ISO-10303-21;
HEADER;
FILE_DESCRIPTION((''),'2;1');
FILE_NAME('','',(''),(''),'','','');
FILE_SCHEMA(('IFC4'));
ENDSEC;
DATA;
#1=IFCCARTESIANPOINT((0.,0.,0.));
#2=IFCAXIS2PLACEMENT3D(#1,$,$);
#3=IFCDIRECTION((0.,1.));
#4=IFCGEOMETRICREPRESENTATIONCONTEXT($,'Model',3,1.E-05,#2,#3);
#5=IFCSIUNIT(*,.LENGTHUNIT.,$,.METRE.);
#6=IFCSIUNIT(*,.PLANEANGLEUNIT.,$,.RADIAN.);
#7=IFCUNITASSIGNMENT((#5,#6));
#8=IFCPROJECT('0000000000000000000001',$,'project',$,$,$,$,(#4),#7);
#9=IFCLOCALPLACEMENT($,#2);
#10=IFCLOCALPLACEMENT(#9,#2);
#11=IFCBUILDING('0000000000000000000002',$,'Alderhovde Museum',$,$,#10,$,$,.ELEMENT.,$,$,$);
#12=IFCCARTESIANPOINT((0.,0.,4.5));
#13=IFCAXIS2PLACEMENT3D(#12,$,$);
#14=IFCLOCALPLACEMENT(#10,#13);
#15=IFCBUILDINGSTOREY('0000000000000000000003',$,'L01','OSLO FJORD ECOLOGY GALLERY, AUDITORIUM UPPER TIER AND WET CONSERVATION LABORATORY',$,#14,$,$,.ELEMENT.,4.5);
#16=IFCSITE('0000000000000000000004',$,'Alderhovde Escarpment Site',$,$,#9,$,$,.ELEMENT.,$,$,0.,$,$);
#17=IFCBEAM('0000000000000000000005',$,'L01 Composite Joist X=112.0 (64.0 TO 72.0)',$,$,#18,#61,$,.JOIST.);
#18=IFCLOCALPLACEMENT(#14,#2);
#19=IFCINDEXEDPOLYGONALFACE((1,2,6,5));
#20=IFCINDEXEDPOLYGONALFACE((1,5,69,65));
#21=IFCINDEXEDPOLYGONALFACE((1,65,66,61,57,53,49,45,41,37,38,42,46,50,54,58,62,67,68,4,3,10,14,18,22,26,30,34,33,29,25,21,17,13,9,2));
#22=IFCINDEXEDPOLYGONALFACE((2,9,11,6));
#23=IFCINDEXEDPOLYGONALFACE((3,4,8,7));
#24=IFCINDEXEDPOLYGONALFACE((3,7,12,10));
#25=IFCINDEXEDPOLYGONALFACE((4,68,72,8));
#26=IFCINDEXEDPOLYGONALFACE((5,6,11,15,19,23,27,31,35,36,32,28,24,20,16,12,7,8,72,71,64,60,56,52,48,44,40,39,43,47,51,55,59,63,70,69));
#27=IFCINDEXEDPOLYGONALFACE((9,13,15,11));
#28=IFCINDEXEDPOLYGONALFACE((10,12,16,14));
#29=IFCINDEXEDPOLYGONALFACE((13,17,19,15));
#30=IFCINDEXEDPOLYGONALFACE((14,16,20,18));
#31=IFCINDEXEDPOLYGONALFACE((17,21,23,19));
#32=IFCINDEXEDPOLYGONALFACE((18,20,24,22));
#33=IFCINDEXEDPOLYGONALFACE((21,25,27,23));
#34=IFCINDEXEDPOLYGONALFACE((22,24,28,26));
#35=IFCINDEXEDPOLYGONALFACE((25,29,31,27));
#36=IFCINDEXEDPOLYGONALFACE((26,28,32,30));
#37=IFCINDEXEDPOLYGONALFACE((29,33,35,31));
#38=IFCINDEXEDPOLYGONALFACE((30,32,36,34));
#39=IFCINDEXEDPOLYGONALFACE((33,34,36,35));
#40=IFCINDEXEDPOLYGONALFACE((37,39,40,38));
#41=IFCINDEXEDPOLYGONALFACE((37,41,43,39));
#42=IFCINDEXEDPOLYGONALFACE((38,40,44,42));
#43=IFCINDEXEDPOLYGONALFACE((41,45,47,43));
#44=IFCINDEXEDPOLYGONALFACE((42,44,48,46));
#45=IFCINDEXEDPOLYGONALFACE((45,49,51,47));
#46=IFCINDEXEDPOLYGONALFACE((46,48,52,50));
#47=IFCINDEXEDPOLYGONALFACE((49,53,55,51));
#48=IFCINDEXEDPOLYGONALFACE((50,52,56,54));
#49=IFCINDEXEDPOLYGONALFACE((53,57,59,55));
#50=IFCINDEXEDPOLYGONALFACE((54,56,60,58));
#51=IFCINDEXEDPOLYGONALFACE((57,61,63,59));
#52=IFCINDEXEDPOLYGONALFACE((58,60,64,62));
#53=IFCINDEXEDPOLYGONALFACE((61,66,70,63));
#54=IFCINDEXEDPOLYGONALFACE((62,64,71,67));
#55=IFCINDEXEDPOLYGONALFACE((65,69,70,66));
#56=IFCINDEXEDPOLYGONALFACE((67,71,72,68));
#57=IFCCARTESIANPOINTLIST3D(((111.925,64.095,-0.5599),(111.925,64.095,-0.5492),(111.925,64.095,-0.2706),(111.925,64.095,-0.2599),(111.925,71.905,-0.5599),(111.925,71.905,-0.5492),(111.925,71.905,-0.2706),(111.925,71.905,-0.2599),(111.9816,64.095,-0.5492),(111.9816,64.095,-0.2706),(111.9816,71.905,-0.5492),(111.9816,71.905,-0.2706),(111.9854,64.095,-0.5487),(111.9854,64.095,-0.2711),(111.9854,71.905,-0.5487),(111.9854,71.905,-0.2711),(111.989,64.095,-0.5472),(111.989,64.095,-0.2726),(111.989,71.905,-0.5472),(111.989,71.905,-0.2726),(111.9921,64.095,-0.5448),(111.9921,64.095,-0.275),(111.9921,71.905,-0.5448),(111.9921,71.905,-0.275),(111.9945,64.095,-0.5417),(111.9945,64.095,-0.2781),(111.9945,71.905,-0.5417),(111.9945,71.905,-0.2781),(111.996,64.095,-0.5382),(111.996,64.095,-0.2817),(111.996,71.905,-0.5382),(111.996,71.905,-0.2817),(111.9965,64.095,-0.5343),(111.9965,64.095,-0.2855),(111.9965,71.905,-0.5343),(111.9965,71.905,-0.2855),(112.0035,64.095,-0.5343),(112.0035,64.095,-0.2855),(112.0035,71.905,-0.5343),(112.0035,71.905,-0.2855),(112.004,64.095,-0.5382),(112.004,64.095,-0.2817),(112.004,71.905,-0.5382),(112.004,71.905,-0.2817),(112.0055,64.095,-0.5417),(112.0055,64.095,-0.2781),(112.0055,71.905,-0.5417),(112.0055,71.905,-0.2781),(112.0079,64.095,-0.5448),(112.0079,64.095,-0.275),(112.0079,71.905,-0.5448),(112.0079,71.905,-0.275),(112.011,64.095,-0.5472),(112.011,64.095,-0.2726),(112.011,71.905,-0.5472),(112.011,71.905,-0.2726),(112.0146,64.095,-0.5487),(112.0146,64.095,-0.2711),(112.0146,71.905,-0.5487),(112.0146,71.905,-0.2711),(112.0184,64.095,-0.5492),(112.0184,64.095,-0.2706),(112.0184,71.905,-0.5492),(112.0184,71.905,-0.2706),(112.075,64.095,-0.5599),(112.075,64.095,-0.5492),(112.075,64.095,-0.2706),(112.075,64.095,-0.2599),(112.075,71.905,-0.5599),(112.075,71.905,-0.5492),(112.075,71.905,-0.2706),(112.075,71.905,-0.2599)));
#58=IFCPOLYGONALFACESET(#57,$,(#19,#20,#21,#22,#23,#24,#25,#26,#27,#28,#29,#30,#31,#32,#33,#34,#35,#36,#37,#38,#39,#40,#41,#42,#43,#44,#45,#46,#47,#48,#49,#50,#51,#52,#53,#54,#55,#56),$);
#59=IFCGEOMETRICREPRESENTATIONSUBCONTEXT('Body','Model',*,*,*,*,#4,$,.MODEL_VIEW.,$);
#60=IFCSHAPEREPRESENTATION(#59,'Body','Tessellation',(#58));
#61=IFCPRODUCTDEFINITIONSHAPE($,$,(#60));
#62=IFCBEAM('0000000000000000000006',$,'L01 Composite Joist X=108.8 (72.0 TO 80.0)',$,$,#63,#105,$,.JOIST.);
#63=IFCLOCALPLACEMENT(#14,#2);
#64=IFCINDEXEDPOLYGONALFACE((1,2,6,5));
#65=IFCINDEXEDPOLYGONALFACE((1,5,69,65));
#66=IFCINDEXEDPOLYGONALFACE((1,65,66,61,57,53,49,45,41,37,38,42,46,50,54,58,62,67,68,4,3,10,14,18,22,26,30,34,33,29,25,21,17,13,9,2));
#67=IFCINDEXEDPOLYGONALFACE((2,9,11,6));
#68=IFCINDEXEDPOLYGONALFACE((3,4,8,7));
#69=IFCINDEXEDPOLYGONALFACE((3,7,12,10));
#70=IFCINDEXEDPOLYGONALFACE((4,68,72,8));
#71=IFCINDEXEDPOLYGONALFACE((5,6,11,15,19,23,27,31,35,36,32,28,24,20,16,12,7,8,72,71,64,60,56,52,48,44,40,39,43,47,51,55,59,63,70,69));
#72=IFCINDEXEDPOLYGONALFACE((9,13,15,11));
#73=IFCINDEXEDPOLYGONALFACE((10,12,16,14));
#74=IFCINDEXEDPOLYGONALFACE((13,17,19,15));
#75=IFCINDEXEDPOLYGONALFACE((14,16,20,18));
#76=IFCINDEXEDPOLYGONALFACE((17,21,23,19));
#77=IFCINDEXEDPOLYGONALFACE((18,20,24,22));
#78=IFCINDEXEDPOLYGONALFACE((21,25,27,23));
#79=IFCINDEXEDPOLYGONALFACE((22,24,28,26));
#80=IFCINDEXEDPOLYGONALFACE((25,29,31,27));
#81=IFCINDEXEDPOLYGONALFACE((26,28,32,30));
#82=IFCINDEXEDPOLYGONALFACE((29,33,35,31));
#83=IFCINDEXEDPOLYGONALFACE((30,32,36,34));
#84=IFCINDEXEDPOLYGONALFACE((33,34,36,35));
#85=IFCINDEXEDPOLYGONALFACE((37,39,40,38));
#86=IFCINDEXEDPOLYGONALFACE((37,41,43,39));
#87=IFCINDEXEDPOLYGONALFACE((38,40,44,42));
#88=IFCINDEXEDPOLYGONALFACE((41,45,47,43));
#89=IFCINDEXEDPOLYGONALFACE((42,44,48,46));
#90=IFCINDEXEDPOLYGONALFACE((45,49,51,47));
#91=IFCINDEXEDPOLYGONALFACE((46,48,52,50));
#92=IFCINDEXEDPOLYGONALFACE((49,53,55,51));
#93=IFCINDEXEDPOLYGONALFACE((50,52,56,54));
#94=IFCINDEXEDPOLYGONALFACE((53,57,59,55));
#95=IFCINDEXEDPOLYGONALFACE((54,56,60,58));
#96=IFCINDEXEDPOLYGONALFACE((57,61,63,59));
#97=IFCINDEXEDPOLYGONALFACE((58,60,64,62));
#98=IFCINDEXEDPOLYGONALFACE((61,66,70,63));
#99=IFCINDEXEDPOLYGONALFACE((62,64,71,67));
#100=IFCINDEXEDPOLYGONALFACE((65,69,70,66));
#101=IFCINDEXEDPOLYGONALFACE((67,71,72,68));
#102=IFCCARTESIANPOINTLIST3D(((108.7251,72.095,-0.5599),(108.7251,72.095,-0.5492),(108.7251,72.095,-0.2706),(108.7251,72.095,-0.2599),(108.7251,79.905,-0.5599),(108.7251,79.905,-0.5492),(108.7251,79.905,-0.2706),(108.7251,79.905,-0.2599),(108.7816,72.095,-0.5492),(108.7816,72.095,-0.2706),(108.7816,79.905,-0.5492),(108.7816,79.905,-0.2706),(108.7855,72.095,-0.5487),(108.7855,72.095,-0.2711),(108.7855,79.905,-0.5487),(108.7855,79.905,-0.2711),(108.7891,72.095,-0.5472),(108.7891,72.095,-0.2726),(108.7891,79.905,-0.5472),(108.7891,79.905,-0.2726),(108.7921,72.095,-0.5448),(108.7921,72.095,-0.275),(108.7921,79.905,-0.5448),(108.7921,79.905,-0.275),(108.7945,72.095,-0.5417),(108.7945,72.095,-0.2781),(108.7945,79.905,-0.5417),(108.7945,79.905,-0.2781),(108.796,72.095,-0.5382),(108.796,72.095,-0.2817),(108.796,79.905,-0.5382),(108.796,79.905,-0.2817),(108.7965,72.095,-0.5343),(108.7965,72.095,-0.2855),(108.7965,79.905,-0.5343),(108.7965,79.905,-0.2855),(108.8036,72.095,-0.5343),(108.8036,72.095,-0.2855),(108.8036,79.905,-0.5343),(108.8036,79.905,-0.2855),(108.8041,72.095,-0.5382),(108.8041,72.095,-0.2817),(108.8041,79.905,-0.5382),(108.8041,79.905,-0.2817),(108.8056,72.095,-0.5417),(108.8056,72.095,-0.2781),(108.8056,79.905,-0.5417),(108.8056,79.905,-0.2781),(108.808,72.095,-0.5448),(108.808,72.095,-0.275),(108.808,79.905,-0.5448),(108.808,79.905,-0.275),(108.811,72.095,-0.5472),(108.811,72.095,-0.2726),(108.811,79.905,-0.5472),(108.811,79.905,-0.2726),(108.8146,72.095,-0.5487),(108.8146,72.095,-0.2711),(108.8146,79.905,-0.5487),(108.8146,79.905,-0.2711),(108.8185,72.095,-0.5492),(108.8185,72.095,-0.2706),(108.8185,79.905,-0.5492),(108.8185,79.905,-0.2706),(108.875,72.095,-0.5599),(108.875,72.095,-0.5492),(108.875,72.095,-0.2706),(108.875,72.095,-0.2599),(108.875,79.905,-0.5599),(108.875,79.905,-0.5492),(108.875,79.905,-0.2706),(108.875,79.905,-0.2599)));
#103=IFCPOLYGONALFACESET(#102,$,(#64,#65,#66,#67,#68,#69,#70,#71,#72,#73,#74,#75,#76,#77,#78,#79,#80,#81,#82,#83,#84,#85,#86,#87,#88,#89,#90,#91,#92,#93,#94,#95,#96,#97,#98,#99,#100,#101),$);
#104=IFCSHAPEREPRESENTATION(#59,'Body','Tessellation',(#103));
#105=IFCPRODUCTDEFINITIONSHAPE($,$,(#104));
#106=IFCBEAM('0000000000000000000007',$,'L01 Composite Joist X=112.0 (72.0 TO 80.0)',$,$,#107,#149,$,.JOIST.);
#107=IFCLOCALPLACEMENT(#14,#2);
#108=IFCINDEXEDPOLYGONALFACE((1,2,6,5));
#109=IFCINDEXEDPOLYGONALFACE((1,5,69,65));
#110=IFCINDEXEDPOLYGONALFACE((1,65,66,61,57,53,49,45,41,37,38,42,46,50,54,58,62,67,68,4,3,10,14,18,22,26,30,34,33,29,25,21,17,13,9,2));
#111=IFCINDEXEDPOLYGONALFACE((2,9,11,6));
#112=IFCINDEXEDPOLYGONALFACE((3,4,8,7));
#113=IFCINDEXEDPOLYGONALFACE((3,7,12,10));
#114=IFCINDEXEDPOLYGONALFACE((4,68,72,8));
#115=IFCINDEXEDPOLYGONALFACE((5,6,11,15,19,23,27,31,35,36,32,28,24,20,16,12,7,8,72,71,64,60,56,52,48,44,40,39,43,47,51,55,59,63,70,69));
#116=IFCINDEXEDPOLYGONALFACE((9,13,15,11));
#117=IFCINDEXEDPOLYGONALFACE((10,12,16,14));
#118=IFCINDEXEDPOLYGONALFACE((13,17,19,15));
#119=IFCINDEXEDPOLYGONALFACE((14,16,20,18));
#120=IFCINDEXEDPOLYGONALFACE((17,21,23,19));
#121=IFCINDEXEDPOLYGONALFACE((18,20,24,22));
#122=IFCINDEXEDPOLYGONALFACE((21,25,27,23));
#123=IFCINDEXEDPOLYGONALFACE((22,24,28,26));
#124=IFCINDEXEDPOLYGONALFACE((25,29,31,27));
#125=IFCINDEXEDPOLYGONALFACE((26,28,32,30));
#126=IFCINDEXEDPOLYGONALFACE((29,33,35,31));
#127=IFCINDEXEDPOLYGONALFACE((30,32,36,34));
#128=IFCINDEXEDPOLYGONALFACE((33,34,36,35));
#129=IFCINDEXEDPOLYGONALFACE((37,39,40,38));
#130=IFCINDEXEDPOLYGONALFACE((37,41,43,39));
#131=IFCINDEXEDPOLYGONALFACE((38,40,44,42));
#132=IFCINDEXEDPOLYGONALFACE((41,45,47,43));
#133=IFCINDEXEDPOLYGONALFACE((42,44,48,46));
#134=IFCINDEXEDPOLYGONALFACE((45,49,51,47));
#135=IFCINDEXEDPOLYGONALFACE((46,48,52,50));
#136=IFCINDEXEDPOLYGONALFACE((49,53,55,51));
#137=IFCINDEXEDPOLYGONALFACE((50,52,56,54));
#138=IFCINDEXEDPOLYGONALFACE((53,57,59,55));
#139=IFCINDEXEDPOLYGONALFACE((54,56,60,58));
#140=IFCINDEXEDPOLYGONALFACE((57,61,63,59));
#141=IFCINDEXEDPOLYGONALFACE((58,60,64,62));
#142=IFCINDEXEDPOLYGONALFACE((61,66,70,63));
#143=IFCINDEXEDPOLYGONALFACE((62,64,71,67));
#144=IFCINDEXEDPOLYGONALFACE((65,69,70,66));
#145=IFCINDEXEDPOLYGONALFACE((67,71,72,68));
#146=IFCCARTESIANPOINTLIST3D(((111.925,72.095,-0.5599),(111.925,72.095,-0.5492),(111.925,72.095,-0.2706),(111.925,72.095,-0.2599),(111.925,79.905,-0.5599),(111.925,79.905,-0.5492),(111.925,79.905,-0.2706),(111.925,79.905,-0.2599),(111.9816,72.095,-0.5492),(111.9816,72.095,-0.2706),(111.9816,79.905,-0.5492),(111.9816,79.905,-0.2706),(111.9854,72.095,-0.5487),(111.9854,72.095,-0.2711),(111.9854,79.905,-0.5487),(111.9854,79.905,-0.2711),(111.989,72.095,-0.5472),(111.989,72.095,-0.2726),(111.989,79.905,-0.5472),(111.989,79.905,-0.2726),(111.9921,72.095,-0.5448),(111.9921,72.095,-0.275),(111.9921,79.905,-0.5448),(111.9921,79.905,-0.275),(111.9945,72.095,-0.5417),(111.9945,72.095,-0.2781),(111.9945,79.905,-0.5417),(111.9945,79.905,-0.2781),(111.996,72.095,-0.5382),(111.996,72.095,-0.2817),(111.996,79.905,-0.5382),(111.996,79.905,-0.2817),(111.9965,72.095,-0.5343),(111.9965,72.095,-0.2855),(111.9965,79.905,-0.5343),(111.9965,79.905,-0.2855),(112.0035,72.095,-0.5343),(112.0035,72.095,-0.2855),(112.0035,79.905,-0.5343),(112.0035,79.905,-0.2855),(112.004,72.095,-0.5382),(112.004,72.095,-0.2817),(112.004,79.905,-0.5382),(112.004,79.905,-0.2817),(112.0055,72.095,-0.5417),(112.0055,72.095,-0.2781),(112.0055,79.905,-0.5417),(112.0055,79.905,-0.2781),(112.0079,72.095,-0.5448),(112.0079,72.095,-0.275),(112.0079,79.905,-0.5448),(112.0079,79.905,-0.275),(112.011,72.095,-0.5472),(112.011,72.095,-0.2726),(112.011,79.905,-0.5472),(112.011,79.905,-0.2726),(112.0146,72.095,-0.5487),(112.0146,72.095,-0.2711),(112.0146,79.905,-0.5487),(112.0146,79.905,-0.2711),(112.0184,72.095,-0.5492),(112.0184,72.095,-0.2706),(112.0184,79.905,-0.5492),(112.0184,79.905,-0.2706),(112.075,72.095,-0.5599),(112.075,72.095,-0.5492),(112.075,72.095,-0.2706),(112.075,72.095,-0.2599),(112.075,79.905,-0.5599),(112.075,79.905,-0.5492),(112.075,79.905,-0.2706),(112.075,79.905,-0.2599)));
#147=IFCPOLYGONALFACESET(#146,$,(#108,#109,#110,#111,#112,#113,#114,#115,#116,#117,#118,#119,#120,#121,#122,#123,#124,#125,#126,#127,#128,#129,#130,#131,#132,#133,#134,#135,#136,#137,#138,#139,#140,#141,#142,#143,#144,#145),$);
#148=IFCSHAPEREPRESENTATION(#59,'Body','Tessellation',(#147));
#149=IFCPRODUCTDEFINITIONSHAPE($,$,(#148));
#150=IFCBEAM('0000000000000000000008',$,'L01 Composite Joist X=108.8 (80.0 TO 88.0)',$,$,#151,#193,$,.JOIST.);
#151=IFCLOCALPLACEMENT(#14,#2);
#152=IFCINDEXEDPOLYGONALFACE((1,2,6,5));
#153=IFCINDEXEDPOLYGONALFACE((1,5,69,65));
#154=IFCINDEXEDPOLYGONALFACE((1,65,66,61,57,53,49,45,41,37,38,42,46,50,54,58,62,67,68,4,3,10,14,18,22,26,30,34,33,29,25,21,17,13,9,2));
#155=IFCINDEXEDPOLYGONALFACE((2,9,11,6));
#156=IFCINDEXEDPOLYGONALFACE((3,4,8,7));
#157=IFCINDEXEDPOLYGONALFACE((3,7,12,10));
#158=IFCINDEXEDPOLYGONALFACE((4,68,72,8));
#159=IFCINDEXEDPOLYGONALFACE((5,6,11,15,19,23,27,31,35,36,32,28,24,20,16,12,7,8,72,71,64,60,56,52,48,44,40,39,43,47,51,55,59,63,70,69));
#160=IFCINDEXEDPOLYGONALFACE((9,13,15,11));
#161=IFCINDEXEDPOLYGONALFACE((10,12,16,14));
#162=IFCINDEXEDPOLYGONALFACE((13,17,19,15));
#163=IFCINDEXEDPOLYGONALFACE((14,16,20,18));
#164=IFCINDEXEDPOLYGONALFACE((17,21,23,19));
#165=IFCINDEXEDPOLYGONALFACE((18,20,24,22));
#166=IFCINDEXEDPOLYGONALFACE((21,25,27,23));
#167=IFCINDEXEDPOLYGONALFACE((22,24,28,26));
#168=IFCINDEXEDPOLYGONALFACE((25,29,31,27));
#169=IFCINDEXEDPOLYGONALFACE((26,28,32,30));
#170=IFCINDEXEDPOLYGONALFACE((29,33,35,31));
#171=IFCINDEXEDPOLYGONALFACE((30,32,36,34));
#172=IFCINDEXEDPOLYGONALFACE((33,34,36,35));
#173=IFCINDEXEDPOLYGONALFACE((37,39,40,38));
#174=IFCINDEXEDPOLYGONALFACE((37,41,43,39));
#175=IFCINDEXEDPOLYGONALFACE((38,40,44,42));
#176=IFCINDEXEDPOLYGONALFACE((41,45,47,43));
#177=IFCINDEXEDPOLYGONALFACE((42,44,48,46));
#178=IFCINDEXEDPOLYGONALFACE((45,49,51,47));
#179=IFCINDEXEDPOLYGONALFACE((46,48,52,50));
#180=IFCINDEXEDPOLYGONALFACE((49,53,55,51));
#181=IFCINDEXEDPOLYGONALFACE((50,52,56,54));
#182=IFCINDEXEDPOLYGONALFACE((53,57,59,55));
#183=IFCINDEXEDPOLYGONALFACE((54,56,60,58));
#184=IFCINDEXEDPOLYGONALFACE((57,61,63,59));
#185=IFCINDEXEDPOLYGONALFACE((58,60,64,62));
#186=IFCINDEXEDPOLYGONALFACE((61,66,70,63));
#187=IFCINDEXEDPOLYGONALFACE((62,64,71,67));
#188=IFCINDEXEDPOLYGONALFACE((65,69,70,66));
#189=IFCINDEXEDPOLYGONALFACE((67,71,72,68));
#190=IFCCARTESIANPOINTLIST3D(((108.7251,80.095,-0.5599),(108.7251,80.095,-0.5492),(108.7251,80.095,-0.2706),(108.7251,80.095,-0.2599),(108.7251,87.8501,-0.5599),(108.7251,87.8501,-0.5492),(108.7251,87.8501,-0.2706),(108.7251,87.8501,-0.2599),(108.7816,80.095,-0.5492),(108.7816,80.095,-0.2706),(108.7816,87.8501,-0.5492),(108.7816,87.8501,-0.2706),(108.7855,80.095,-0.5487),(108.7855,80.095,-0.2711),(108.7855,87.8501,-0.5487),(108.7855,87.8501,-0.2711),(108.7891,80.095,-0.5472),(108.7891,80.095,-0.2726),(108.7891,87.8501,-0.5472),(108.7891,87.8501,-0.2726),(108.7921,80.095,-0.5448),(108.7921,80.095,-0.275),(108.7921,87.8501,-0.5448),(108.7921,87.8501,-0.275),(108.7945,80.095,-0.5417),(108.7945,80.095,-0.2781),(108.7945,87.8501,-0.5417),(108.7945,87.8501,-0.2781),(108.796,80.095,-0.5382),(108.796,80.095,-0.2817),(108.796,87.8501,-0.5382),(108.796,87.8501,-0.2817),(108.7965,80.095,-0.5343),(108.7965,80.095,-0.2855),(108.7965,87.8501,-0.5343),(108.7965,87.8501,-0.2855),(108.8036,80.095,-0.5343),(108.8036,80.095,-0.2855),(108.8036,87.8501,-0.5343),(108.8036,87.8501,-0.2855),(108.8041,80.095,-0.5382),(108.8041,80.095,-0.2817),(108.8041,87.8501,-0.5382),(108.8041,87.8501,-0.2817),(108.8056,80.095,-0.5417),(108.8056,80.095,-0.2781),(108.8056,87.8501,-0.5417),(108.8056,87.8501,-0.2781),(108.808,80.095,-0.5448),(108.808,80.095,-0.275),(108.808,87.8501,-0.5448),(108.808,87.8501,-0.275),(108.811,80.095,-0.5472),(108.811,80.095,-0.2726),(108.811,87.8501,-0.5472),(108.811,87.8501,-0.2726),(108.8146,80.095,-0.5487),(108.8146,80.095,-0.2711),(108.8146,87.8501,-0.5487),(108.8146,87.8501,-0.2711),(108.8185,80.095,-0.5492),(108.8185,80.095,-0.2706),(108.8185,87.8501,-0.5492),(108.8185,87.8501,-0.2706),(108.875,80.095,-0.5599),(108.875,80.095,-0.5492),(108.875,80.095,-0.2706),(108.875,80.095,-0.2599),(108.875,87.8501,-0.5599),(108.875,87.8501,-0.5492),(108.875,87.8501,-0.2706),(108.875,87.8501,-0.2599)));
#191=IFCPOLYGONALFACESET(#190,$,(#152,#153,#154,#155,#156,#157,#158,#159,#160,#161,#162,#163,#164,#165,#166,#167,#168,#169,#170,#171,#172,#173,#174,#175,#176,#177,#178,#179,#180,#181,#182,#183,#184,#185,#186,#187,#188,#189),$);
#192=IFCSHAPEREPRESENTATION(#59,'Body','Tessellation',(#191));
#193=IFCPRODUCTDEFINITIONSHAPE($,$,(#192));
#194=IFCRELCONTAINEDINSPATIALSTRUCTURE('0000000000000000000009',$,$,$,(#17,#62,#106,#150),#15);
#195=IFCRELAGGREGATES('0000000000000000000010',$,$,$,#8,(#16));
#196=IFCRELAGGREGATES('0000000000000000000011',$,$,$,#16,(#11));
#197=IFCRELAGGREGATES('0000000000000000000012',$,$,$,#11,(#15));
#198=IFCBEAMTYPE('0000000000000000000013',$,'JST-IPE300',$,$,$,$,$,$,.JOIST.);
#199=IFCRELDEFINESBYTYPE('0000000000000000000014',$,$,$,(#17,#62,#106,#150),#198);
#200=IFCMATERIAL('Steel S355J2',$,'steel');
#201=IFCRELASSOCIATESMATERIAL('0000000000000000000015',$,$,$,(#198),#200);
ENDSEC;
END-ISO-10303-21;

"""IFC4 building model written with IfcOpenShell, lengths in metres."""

from ifc_helpers import new_model, si_unit, direction, frame, origin, origin_2d, place, context, subcontext, project, spatial, i_section, extrude, material, material_profile, profile_set, type_object, element, save


model = new_model("IFC4")

# Units and contexts
model_context = context("Model", 3, precision=1e-05, world=origin(), true_north=direction((0.0, 1.0)))
body_context = subcontext(model_context, "Body", "Model", "MODEL_VIEW")
ifc_project = project(units=[si_unit("LENGTHUNIT", "METRE"), si_unit("PLANEANGLEUNIT", "RADIAN")], contexts=[model_context])

# Site, building, storey
site_placement = place(None, origin())
site = spatial("IfcSite", under=ifc_project, at=site_placement, Name="Alderhovde Escarpment Site", CompositionType="ELEMENT", RefElevation=0.0)
building_placement = place(site_placement, origin())
building = spatial("IfcBuilding", under=site, at=building_placement, Name="Alderhovde Museum", CompositionType="ELEMENT")
storey_placement = place(building_placement, frame((0.0, 0.0, 4.5)))
storey = spatial("IfcBuildingStorey", under=building, at=storey_placement, Name="L01", Description="OSLO FJORD ECOLOGY GALLERY, AUDITORIUM UPPER TIER AND WET CONSERVATION LABORATORY", CompositionType="ELEMENT", Elevation=4.5)

# Beams
ifc_material_1 = material(Name="Steel S355J2", Category="steel")
ifc_material_profile_1 = material_profile(ifc_material_1, i_section(OverallWidth=0.1499, OverallDepth=0.3, WebThickness=0.0071, FlangeThickness=0.0107, FilletRadius=0.0149, at=origin_2d()), Name="IPE 300")
ifc_profile_set_1 = profile_set([ifc_material_profile_1], Name="Steel S355J2")
beam_type_1 = type_object("IfcBeamType", Name="JST-IPE300", PredefinedType="JOIST", material=ifc_profile_set_1)
for number, where, z_axis, x_axis, name in (
    (1, (112.0, 64.095, -0.4099), (0.0, 1.0, 0.0), (-1.0, 0.0, 0.0), "L01 Composite Joist X=112.0 (64.0 TO 72.0)"),
    (2, (108.8, 72.095, -0.4099), (0.0, 1.0, 0.0), (-1.0, 0.0, 0.0), "L01 Composite Joist X=108.8 (72.0 TO 80.0)"),
    (3, (112.0, 72.095, -0.4099), (0.0, 1.0, 0.0), (-1.0, 0.0, 0.0), "L01 Composite Joist X=112.0 (72.0 TO 80.0)"),
):
    element("IfcBeam", number, at=place(storey_placement, frame(where, z_axis=z_axis, x_axis=x_axis)), inside=storey, type_object=beam_type_1, Name=name, PredefinedType="JOIST", context=body_context, shape_type="SweptSolid", body=[
        extrude(i_section(OverallWidth=0.1499, OverallDepth=0.3, WebThickness=0.0071, FlangeThickness=0.0107, FilletRadius=0.0149, at=origin_2d()), origin(), (0.0, 0.0, 1.0), 7.8101),
    ])
for number, where, z_axis, x_axis, name in (
    (4, (108.8, 80.095, -0.4099), (0.0, 1.0, 0.0), (-1.0, 0.0, 0.0), "L01 Composite Joist X=108.8 (80.0 TO 88.0)"),
):
    element("IfcBeam", number, at=place(storey_placement, frame(where, z_axis=z_axis, x_axis=x_axis)), inside=storey, type_object=beam_type_1, Name=name, PredefinedType="JOIST", context=body_context, shape_type="SweptSolid", body=[
        extrude(i_section(OverallWidth=0.1499, OverallDepth=0.3, WebThickness=0.0071, FlangeThickness=0.0107, FilletRadius=0.0149, at=origin_2d()), origin(), (0.0, 0.0, 1.0), 7.7551),
    ])

save(model, "model.ifc")
